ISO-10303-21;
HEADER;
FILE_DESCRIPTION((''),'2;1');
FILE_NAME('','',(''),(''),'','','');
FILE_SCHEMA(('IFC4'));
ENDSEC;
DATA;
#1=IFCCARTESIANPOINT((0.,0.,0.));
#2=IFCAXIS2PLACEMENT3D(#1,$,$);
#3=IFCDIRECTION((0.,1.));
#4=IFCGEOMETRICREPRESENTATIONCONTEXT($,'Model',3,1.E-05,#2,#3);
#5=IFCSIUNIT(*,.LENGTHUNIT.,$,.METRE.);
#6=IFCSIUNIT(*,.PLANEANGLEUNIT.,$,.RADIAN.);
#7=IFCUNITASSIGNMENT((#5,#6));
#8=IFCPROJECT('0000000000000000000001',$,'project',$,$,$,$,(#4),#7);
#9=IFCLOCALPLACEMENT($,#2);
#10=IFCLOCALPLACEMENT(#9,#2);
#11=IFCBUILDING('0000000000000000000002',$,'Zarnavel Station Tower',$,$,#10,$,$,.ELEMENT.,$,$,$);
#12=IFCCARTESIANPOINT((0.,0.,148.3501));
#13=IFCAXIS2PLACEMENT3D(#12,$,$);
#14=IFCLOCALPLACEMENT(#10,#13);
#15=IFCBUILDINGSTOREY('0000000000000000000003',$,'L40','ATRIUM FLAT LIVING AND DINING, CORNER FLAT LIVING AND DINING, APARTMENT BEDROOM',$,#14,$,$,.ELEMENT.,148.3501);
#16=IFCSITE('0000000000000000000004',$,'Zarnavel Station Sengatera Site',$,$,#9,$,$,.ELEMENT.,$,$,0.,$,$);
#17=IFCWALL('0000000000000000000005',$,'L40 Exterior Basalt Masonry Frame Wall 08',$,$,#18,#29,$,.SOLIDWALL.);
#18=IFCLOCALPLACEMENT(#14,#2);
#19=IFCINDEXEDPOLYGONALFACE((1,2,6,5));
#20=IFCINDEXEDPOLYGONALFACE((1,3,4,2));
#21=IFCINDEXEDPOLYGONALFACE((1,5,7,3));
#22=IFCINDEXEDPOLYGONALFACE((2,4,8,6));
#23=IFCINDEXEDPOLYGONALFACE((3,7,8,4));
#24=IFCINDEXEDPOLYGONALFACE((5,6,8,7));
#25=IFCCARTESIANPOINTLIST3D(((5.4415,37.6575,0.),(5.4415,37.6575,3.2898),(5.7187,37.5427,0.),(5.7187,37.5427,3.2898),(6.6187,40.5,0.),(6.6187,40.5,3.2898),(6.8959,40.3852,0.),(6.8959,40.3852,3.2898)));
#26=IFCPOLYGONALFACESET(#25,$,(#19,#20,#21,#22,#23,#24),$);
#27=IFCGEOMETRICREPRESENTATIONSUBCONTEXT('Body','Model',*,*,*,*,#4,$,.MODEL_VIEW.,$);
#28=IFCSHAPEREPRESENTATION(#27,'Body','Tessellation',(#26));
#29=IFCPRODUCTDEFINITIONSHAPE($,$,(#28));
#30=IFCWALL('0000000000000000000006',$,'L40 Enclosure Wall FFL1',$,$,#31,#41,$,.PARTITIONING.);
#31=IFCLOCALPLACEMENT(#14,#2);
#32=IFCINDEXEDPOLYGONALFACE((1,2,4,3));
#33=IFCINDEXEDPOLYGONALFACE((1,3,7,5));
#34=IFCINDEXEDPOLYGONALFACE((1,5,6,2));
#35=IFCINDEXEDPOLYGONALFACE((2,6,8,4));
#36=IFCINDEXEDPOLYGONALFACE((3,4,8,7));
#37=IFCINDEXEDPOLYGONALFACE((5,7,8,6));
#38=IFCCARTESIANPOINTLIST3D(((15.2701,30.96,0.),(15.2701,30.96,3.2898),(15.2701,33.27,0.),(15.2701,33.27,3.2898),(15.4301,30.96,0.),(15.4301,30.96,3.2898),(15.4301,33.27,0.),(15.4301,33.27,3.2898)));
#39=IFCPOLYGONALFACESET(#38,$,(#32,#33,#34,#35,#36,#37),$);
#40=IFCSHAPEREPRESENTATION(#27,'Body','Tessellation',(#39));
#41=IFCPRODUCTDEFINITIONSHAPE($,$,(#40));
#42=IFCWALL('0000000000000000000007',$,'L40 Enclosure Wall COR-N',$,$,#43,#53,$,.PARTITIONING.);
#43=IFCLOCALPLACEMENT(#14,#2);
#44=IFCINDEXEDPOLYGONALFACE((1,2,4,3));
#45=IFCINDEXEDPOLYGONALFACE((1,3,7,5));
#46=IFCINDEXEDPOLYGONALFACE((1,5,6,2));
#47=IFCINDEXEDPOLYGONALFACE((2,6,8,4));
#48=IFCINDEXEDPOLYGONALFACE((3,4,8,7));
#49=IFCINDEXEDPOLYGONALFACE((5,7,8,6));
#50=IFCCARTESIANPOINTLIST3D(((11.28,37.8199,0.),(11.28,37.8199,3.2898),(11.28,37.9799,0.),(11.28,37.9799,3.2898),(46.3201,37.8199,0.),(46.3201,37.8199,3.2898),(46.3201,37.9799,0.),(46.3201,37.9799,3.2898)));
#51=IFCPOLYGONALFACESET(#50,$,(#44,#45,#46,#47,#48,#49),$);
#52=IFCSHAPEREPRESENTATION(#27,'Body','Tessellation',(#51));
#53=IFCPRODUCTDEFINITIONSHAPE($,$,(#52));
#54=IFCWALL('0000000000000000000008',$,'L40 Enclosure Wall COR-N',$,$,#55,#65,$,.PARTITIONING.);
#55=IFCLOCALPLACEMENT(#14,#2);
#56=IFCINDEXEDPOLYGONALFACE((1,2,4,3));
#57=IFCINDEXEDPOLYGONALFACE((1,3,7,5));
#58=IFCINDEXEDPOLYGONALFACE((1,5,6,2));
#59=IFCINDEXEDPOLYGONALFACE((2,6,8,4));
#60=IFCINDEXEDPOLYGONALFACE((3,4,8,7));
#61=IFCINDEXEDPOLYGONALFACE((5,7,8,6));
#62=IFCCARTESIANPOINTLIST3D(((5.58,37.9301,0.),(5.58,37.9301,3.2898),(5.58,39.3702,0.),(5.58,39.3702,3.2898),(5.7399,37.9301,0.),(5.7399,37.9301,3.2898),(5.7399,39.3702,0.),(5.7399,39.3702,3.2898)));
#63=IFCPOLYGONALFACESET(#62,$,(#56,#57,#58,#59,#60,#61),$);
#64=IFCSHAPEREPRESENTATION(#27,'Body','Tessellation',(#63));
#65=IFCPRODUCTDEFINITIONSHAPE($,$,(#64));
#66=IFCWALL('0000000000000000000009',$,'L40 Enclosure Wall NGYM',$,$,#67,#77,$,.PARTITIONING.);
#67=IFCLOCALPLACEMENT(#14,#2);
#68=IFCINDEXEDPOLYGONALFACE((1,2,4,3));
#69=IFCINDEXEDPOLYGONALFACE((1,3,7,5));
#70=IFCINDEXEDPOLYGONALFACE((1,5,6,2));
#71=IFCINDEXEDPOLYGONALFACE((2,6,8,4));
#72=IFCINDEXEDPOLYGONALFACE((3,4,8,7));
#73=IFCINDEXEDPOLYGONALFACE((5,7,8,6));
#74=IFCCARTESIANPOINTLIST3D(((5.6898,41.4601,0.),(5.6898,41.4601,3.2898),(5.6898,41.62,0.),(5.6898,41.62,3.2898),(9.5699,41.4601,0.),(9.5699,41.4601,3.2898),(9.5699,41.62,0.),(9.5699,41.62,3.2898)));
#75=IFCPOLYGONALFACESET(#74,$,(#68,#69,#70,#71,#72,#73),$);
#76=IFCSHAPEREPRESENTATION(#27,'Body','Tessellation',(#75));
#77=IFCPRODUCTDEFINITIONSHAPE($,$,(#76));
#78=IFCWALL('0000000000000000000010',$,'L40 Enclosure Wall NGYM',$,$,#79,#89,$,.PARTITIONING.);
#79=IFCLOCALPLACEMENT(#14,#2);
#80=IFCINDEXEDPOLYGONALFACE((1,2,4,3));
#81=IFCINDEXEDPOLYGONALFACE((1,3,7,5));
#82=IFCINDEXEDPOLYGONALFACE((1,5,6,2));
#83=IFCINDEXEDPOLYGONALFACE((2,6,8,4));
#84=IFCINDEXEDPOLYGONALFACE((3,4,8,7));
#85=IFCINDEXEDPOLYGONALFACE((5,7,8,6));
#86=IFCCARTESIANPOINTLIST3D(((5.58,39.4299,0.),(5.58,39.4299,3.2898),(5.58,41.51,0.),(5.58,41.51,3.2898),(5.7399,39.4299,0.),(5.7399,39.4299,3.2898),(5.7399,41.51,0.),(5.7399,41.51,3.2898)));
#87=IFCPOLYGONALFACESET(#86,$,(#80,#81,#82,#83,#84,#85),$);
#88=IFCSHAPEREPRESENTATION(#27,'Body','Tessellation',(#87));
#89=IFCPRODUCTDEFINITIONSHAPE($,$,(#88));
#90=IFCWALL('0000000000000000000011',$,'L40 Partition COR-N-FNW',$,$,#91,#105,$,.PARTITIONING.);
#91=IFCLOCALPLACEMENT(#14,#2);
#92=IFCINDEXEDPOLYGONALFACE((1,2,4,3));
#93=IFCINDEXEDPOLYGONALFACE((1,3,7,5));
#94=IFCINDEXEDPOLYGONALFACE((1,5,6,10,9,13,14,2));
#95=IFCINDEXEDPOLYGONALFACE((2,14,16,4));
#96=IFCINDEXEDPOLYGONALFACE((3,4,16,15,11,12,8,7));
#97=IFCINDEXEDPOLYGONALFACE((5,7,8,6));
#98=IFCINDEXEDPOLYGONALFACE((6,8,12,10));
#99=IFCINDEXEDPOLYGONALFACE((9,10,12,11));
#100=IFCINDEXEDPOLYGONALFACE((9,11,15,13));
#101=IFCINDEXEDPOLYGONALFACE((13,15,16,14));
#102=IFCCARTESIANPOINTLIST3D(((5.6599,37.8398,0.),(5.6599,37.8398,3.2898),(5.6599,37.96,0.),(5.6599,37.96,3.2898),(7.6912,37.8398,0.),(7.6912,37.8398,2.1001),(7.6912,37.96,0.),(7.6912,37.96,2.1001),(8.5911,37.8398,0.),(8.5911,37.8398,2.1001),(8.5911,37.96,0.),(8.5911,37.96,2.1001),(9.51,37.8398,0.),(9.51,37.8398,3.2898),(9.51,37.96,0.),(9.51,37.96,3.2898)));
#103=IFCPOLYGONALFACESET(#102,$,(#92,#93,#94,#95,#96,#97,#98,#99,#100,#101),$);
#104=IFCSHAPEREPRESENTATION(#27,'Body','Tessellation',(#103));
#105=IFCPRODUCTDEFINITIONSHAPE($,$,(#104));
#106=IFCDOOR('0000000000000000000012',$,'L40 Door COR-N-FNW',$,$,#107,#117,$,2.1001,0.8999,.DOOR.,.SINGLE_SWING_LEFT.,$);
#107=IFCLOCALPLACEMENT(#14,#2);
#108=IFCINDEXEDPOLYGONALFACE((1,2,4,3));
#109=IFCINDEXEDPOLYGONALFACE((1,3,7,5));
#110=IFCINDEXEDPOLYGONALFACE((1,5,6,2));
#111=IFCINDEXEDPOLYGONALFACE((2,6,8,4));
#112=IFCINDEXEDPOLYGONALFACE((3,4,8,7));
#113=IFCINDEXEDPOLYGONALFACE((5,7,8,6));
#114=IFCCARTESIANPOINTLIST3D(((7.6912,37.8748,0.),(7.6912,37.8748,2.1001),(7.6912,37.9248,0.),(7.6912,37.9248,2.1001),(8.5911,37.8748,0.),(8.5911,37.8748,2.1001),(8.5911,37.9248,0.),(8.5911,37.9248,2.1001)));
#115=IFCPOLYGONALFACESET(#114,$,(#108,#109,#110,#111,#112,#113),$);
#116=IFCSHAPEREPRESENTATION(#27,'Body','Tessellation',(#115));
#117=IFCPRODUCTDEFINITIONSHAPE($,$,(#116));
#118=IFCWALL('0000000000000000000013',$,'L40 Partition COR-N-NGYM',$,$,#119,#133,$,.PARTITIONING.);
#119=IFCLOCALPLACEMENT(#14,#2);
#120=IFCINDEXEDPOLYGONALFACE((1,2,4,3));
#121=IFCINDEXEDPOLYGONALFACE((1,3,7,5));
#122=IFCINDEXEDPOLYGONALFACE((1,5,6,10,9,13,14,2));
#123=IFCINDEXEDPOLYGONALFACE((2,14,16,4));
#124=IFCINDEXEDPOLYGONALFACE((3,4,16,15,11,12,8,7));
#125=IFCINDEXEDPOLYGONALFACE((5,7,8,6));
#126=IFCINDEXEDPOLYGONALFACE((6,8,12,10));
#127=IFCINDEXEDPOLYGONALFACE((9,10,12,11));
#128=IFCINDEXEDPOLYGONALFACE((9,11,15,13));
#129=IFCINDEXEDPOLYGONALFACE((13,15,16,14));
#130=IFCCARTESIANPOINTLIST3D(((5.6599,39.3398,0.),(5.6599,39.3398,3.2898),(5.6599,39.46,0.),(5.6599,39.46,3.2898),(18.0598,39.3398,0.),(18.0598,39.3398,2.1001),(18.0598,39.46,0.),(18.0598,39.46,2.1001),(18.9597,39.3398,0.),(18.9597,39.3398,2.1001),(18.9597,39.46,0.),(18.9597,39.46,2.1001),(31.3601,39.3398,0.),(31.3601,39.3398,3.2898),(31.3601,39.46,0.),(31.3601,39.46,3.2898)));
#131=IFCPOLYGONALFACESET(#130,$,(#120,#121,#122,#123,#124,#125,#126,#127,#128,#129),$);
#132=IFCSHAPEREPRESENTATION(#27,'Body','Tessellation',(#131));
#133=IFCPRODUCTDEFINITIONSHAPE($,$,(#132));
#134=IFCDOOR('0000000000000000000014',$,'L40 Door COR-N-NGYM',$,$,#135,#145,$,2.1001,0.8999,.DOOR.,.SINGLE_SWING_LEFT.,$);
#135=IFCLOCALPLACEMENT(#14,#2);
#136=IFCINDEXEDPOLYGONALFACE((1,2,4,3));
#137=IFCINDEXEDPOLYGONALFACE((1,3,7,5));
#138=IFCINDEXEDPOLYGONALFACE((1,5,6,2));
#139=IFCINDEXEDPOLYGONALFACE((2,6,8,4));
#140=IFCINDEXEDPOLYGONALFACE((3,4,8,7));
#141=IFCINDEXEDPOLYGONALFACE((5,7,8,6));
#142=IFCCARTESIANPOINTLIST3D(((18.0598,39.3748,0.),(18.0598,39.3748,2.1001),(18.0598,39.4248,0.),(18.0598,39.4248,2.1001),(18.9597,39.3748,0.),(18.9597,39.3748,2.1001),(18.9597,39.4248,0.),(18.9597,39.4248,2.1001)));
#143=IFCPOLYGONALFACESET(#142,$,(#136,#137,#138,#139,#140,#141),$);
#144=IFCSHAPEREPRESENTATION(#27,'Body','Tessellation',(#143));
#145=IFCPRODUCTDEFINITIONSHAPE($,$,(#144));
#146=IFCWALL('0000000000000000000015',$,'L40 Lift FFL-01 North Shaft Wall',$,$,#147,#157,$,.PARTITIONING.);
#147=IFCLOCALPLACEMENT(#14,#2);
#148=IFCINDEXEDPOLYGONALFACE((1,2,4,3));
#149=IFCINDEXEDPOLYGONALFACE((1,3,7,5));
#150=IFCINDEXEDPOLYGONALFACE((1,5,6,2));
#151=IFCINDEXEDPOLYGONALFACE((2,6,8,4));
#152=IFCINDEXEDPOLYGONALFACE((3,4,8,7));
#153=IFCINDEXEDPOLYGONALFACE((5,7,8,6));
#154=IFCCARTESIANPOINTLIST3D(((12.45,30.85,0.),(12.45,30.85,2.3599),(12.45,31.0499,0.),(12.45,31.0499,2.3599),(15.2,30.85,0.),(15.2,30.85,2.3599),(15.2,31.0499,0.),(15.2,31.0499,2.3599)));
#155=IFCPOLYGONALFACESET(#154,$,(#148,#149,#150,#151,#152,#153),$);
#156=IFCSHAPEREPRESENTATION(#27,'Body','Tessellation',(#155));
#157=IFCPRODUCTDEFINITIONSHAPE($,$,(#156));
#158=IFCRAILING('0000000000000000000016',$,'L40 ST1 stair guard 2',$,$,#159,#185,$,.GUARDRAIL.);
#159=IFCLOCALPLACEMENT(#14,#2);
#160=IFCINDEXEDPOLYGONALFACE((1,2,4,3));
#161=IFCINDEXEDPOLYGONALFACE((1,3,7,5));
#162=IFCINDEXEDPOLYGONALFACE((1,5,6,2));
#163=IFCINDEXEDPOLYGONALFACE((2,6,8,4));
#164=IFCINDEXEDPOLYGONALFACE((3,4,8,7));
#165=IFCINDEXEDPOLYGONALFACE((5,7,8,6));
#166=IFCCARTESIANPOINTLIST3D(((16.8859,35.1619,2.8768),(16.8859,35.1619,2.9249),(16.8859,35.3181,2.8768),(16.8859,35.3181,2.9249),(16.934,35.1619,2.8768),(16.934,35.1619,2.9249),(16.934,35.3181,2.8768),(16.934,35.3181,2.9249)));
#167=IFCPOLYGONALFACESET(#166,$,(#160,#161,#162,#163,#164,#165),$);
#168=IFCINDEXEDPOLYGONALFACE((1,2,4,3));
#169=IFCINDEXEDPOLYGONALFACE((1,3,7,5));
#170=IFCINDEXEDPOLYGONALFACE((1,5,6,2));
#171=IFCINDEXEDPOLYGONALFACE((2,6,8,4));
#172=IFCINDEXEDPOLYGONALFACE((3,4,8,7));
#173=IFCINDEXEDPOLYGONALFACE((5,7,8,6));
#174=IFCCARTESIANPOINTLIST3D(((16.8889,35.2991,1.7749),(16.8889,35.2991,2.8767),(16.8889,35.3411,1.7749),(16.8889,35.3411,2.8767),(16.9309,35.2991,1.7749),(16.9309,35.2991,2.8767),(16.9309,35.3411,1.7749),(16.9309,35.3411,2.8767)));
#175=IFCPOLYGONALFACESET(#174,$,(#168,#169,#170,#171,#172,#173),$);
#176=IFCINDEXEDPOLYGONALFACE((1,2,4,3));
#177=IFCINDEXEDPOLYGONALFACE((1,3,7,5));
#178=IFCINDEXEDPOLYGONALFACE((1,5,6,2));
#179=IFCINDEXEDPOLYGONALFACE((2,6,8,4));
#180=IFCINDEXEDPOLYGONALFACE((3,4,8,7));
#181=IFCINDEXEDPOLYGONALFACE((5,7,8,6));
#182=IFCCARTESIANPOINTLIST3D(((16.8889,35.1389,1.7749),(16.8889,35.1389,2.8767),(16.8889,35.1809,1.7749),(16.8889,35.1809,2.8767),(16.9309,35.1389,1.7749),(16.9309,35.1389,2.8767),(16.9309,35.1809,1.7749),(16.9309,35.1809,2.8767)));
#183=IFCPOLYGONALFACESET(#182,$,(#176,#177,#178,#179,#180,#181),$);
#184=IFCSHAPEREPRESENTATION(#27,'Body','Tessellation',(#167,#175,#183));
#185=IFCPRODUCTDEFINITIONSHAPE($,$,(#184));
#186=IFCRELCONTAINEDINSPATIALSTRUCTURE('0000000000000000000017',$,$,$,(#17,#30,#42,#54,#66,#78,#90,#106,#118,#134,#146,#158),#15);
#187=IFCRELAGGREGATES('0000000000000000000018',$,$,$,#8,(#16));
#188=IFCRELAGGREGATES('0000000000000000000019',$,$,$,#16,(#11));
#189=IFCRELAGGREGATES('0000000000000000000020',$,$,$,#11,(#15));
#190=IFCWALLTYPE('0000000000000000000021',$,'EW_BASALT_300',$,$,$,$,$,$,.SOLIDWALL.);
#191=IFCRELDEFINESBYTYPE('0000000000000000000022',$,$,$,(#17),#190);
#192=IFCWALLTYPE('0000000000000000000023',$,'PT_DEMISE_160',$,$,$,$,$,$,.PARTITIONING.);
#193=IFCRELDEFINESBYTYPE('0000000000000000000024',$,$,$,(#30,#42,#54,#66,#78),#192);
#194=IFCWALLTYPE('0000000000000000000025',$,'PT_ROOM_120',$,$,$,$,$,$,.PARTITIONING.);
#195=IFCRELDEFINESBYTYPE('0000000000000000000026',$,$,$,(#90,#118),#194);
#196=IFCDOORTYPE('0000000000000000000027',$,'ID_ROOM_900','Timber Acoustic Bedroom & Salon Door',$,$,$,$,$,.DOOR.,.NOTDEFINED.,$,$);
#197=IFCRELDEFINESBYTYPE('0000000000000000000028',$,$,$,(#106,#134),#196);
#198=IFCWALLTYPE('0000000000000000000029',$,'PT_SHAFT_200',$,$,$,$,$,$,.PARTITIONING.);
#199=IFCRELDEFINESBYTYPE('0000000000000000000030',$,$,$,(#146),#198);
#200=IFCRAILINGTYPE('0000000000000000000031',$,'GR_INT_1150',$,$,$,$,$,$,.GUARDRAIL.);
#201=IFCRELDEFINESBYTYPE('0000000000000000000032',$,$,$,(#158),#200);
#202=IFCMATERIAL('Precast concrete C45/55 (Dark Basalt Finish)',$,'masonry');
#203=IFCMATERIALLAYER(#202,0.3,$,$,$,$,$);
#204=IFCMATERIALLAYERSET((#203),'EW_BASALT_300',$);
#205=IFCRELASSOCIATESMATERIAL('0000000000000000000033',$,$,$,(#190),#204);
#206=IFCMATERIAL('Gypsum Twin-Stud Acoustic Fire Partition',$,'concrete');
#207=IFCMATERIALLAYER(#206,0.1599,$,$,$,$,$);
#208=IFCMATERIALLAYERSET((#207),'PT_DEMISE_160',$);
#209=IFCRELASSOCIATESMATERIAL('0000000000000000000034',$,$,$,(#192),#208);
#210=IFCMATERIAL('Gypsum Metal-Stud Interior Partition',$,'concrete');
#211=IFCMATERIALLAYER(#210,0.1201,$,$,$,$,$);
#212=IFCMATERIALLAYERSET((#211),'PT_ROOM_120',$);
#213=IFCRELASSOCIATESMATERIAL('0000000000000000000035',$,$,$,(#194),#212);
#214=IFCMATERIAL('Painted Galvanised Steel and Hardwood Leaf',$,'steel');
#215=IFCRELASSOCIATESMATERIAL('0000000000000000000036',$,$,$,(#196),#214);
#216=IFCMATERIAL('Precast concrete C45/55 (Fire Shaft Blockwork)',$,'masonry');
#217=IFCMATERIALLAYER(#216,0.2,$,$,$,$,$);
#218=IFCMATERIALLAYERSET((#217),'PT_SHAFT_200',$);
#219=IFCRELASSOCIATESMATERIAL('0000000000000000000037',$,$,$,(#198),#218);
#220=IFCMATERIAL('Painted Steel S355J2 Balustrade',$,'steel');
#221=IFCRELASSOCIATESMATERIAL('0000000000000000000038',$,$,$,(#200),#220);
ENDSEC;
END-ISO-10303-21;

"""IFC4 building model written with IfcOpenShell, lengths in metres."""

from ifc_helpers import new_model, si_unit, direction, frame, frame_2d, origin, origin_2d, place, context, subcontext, project, spatial, rectangle, extrude, material, layer, layer_set, type_object, element, fill, save


model = new_model("IFC4")

# Units and contexts
model_context = context("Model", 3, precision=1e-05, world=origin(), true_north=direction((0.0, 1.0)))
body_context = subcontext(model_context, "Body", "Model", "MODEL_VIEW")
ifc_project = project(units=[si_unit("LENGTHUNIT", "METRE"), si_unit("PLANEANGLEUNIT", "RADIAN")], contexts=[model_context])

# Site, building, storey
site_placement = place(None, origin())
site = spatial("IfcSite", under=ifc_project, at=site_placement, Name="Zarnavel Station Sengatera Site", CompositionType="ELEMENT", RefElevation=0.0)
building_placement = place(site_placement, origin())
building = spatial("IfcBuilding", under=site, at=building_placement, Name="Zarnavel Station Tower", CompositionType="ELEMENT")
storey_placement = place(building_placement, frame((0.0, 0.0, 148.3501)))
storey = spatial("IfcBuildingStorey", under=building, at=storey_placement, Name="L40", Description="ATRIUM FLAT LIVING AND DINING, CORNER FLAT LIVING AND DINING, APARTMENT BEDROOM", CompositionType="ELEMENT", Elevation=148.3501)

# Shared definitions
ifc_material_1 = material(Name="Precast concrete C45/55 (Dark Basalt Finish)", Category="masonry")
ifc_layer_1 = layer(ifc_material_1, 0.3)
ifc_layer_set_1 = layer_set([ifc_layer_1], Name="EW_BASALT_300")
wall_type_1 = type_object("IfcWallType", Name="EW_BASALT_300", PredefinedType="SOLIDWALL", material=ifc_layer_set_1)

# Walls
wall_1_placement = place(storey_placement, frame((5.5801, 37.6001, 0.0), z_axis=(0.0, 0.0, 1.0), x_axis=(0.382637, 0.923899, 0.0)))
element("IfcWall", 1, at=wall_1_placement, inside=storey, type_object=wall_type_1, Name="L40 Exterior Basalt Masonry Frame Wall 08", PredefinedType="SOLIDWALL", context=body_context, shape_type="SweptSolid", body=[
    extrude(rectangle(XDim=3.0767, YDim=0.3, at=frame_2d((1.5383, 0.0))), origin(), (0.0, 0.0, 1.0), 3.2898),
])
ifc_material_2 = material(Name="Gypsum Twin-Stud Acoustic Fire Partition", Category="concrete")
ifc_layer_2 = layer(ifc_material_2, 0.1599)
ifc_layer_set_2 = layer_set([ifc_layer_2], Name="PT_DEMISE_160")
wall_type_2 = type_object("IfcWallType", Name="PT_DEMISE_160", PredefinedType="PARTITIONING", material=ifc_layer_set_2)
wall_2_placement = place(storey_placement, frame((15.3501, 30.96, 0.0), z_axis=(0.0, 0.0, 1.0), x_axis=(0.0, 1.0, 0.0)))
element("IfcWall", 2, at=wall_2_placement, inside=storey, type_object=wall_type_2, Name="L40 Enclosure Wall FFL1", PredefinedType="PARTITIONING", context=body_context, shape_type="SweptSolid", body=[
    extrude(rectangle(XDim=2.3101, YDim=0.1599, at=frame_2d((1.155, 0.0))), origin(), (0.0, 0.0, 1.0), 3.2898),
])
wall_3_placement = place(storey_placement, frame((11.28, 37.8999, 0.0), z_axis=(0.0, 0.0, 1.0), x_axis=(1.0, 0.0, 0.0)))
element("IfcWall", 3, at=wall_3_placement, inside=storey, type_object=wall_type_2, Name="L40 Enclosure Wall COR-N", PredefinedType="PARTITIONING", context=body_context, shape_type="SweptSolid", body=[
    extrude(rectangle(XDim=35.04, YDim=0.1599, at=frame_2d((17.52, 0.0))), origin(), (0.0, 0.0, 1.0), 3.2898),
])
wall_4_placement = place(storey_placement, frame((5.6599, 37.9299, 0.0), z_axis=(0.0, 0.0, 1.0), x_axis=(0.0, 1.0, 0.0)))
element("IfcWall", 4, at=wall_4_placement, inside=storey, type_object=wall_type_2, Name="L40 Enclosure Wall COR-N", PredefinedType="PARTITIONING", context=body_context, shape_type="SweptSolid", body=[
    extrude(rectangle(XDim=1.4402, YDim=0.1599, at=frame_2d((0.7202, 0.0))), origin(), (0.0, 0.0, 1.0), 3.2898),
])
wall_5_placement = place(storey_placement, frame((5.6899, 41.54, 0.0), z_axis=(0.0, 0.0, 1.0), x_axis=(1.0, 0.0, 0.0)))
element("IfcWall", 5, at=wall_5_placement, inside=storey, type_object=wall_type_2, Name="L40 Enclosure Wall NGYM", PredefinedType="PARTITIONING", context=body_context, shape_type="SweptSolid", body=[
    extrude(rectangle(XDim=3.8801, YDim=0.1599, at=frame_2d((1.9399, 0.0))), origin(), (0.0, 0.0, 1.0), 3.2898),
])
wall_6_placement = place(storey_placement, frame((5.6599, 39.4299, 0.0), z_axis=(0.0, 0.0, 1.0), x_axis=(0.0, 1.0, 0.0)))
element("IfcWall", 6, at=wall_6_placement, inside=storey, type_object=wall_type_2, Name="L40 Enclosure Wall NGYM", PredefinedType="PARTITIONING", context=body_context, shape_type="SweptSolid", body=[
    extrude(rectangle(XDim=2.0801, YDim=0.1599, at=frame_2d((1.04, 0.0))), origin(), (0.0, 0.0, 1.0), 3.2898),
])

# Walls, openings, doors
ifc_material_3 = material(Name="Gypsum Metal-Stud Interior Partition", Category="concrete")
ifc_layer_3 = layer(ifc_material_3, 0.1201)
ifc_layer_set_3 = layer_set([ifc_layer_3], Name="PT_ROOM_120")
wall_type_3 = type_object("IfcWallType", Name="PT_ROOM_120", PredefinedType="PARTITIONING", material=ifc_layer_set_3)
wall_7_placement = place(storey_placement, frame((5.6599, 37.8999, 0.0), z_axis=(0.0, 0.0, 1.0), x_axis=(1.0, 0.0, 0.0)))
wall_7 = element("IfcWall", 7, at=wall_7_placement, inside=storey, type_object=wall_type_3, Name="L40 Partition COR-N-FNW", PredefinedType="PARTITIONING", context=body_context, shape_type="SweptSolid", body=[
    extrude(rectangle(XDim=3.8501, YDim=0.1201, at=frame_2d((1.925, 0.0))), origin(), (0.0, 0.0, 1.0), 3.2898),
])
opening_1_placement = place(wall_7_placement, frame((2.0312, 0.0, 0.0)))
opening_1 = element("IfcOpeningElement", 8, at=opening_1_placement, cuts=wall_7, PredefinedType="OPENING", context=body_context, shape_type="SweptSolid", body=[
    extrude(rectangle(XDim=0.8999, YDim=2.1001, at=frame_2d((0.45, 1.05))), frame((0.0, 0.0701, 0.0), z_axis=(0.0, -1.0, 0.0), x_axis=(1.0, 0.0, 0.0)), (0.0, 0.0, 1.0), 0.1401),
])
ifc_material_4 = material(Name="Painted Galvanised Steel and Hardwood Leaf", Category="steel")
door_type = type_object("IfcDoorType", Name="ID_ROOM_900", Description="Timber Acoustic Bedroom & Salon Door", OperationType="NOTDEFINED", PredefinedType="DOOR", material=ifc_material_4)
door_1_placement = place(opening_1_placement, origin())
door_1 = element("IfcDoor", 9, at=door_1_placement, inside=storey, type_object=door_type, Name="L40 Door COR-N-FNW", OperationType="SINGLE_SWING_LEFT", OverallHeight=2.1001, OverallWidth=0.8999, PredefinedType="DOOR", context=body_context, shape_type="SweptSolid", body=[
    extrude(rectangle(XDim=0.8999, YDim=2.1001, at=frame_2d((0.45, 1.05))), frame((0.0, 0.0249, 0.0), z_axis=(0.0, -1.0, 0.0), x_axis=(1.0, 0.0, 0.0)), (0.0, 0.0, 1.0), 0.05),
])
fill(opening_1, door_1)
wall_8_placement = place(storey_placement, frame((5.6599, 39.3999, 0.0), z_axis=(0.0, 0.0, 1.0), x_axis=(1.0, 0.0, 0.0)))
wall_8 = element("IfcWall", 10, at=wall_8_placement, inside=storey, type_object=wall_type_3, Name="L40 Partition COR-N-NGYM", PredefinedType="PARTITIONING", context=body_context, shape_type="SweptSolid", body=[
    extrude(rectangle(XDim=25.7002, YDim=0.1201, at=frame_2d((12.8501, 0.0))), origin(), (0.0, 0.0, 1.0), 3.2898),
])
opening_2_placement = place(wall_8_placement, frame((12.3999, 0.0, 0.0)))
opening_2 = element("IfcOpeningElement", 11, at=opening_2_placement, cuts=wall_8, PredefinedType="OPENING", context=body_context, shape_type="SweptSolid", body=[
    extrude(rectangle(XDim=0.8999, YDim=2.1001, at=frame_2d((0.45, 1.05))), frame((0.0, 0.0701, 0.0), z_axis=(0.0, -1.0, 0.0), x_axis=(1.0, 0.0, 0.0)), (0.0, 0.0, 1.0), 0.1401),
])
door_2_placement = place(opening_2_placement, origin())
door_2 = element("IfcDoor", 12, at=door_2_placement, inside=storey, type_object=door_type, Name="L40 Door COR-N-NGYM", OperationType="SINGLE_SWING_LEFT", OverallHeight=2.1001, OverallWidth=0.8999, PredefinedType="DOOR", context=body_context, shape_type="SweptSolid", body=[
    extrude(rectangle(XDim=0.8999, YDim=2.1001, at=frame_2d((0.45, 1.05))), frame((0.0, 0.0249, 0.0), z_axis=(0.0, -1.0, 0.0), x_axis=(1.0, 0.0, 0.0)), (0.0, 0.0, 1.0), 0.05),
])
fill(opening_2, door_2)

# Wall
ifc_material_5 = material(Name="Precast concrete C45/55 (Fire Shaft Blockwork)", Category="masonry")
ifc_layer_4 = layer(ifc_material_5, 0.2)
ifc_layer_set_4 = layer_set([ifc_layer_4], Name="PT_SHAFT_200")
wall_type_4 = type_object("IfcWallType", Name="PT_SHAFT_200", PredefinedType="PARTITIONING", material=ifc_layer_set_4)
wall_9_placement = place(storey_placement, frame((12.45, 30.95, 0.0), z_axis=(0.0, 0.0, 1.0), x_axis=(1.0, 0.0, 0.0)))
element("IfcWall", 13, at=wall_9_placement, inside=storey, type_object=wall_type_4, Name="L40 Lift FFL-01 North Shaft Wall", PredefinedType="PARTITIONING", context=body_context, shape_type="SweptSolid", body=[
    extrude(rectangle(XDim=2.75, YDim=0.2, at=frame_2d((1.375, 0.0))), origin(), (0.0, 0.0, 1.0), 2.3599),
])

# Railing
ifc_material_6 = material(Name="Painted Steel S355J2 Balustrade", Category="steel")
railing_type_1 = type_object("IfcRailingType", Name="GR_INT_1150", PredefinedType="GUARDRAIL", material=ifc_material_6)
railing_1_placement = place(storey_placement, frame((16.9099, 35.3201, 1.7749)))
element("IfcRailing", 14, at=railing_1_placement, inside=storey, type_object=railing_type_1, Name="L40 ST1 stair guard 2", PredefinedType="GUARDRAIL", context=body_context, shape_type="SweptSolid", body=[
    extrude(rectangle(XDim=0.0481, YDim=0.0481, at=origin_2d()), frame((0.0, -0.002, 1.126), z_axis=(0.0, -1.0, 0.0), x_axis=(1.0, 0.0, 0.0)), (0.0, 0.0, 1.0), 0.1562),
    extrude(rectangle(XDim=0.042, YDim=0.042, at=origin_2d()), origin(), (0.0, 0.0, 1.0), 1.1018),
    extrude(rectangle(XDim=0.042, YDim=0.042, at=origin_2d()), frame((0.0, -0.1602, 0.0)), (0.0, 0.0, 1.0), 1.1018),
])

save(model, "model.ifc")
